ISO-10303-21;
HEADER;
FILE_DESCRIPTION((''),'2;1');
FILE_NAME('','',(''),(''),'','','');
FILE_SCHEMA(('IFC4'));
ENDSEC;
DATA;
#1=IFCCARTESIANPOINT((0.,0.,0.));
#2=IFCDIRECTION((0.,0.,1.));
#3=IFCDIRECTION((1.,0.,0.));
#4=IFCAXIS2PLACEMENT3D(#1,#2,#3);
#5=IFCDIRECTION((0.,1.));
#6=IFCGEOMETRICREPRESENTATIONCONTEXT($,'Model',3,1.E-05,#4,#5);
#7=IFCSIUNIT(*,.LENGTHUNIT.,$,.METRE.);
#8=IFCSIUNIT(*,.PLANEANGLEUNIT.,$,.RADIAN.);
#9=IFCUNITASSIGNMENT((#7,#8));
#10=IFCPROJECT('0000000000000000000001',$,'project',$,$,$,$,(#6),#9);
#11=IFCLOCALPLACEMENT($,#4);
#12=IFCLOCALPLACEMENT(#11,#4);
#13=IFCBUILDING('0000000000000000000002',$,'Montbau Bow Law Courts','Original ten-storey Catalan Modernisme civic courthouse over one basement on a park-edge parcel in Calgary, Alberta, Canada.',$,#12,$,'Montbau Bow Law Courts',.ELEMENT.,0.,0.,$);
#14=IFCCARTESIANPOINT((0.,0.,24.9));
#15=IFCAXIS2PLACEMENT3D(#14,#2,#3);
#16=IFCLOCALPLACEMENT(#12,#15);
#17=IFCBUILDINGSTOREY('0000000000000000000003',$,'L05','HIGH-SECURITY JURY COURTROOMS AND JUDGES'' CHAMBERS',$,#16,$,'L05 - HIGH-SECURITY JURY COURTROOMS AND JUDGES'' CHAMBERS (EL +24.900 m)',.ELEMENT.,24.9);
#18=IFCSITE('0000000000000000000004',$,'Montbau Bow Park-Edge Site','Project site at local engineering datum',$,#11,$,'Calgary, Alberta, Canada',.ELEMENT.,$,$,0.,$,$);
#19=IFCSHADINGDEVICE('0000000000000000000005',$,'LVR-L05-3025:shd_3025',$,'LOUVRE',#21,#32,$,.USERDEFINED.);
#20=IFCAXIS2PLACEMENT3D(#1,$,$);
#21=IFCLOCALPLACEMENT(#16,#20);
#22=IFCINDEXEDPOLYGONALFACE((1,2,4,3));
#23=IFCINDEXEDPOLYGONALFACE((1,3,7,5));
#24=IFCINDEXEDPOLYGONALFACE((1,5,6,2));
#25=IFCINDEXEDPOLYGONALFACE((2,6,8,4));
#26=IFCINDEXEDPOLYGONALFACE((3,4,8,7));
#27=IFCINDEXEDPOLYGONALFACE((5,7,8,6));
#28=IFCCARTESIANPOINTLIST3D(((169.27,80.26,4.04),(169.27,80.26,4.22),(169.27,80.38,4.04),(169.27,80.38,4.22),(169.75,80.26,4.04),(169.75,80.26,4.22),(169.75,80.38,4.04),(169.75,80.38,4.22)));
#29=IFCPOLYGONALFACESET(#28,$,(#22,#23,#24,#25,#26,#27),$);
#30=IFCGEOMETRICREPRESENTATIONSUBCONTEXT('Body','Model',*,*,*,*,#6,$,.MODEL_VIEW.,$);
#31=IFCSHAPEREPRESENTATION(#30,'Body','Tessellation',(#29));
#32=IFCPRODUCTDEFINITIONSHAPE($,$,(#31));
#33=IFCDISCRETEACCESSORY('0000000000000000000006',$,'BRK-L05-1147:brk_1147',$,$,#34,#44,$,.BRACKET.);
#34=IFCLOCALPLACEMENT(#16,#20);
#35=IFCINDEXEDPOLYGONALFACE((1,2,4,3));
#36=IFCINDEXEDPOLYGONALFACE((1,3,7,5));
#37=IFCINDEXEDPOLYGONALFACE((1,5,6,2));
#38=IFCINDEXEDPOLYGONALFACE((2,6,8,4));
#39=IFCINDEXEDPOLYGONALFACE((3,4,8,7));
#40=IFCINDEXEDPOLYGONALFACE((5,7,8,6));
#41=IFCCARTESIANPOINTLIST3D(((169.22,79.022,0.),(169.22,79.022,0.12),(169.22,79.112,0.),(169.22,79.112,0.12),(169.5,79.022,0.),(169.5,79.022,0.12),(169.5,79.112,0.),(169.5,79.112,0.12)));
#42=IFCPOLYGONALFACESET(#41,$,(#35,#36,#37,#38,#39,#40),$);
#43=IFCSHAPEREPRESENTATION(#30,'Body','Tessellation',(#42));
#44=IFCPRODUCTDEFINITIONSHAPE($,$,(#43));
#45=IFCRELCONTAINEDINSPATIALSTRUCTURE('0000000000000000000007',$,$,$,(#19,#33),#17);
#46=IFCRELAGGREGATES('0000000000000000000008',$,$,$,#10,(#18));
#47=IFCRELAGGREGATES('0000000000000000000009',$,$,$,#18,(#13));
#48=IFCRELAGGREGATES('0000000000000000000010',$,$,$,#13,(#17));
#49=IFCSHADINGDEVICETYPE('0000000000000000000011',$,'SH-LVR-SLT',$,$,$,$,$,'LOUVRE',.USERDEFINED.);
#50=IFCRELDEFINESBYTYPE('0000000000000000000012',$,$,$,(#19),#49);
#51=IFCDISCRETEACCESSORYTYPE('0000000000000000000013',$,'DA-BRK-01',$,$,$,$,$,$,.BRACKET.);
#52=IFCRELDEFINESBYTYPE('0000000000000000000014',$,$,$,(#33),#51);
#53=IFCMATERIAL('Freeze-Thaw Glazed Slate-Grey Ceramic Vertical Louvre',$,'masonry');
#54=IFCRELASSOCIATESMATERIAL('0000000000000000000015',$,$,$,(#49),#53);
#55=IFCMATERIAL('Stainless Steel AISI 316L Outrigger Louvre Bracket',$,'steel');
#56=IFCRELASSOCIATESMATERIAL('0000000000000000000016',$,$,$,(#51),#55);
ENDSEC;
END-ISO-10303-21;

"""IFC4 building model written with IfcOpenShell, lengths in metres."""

from ifc_helpers import new_model, si_unit, direction, frame, origin_with_axes, origin_2d_with_axis, place, context, subcontext, project, spatial, rectangle, extrude, material, type_object, element, save


model = new_model("IFC4")

# Units and contexts
model_context = context("Model", 3, precision=1e-05, world=origin_with_axes(), true_north=direction((0.0, 1.0)))
body_context = subcontext(model_context, "Body", "Model", "MODEL_VIEW")
ifc_project = project(units=[si_unit("LENGTHUNIT", "METRE"), si_unit("PLANEANGLEUNIT", "RADIAN")], contexts=[model_context])

# Site, building, storey
site_placement = place(None, origin_with_axes())
site = spatial("IfcSite", under=ifc_project, at=site_placement, Name="Montbau Bow Park-Edge Site", Description="Project site at local engineering datum", LongName="Calgary, Alberta, Canada", CompositionType="ELEMENT", RefElevation=0.0)
building_placement = place(site_placement, origin_with_axes())
building = spatial("IfcBuilding", under=site, at=building_placement, Name="Montbau Bow Law Courts", Description="Original ten-storey Catalan Modernisme civic courthouse over one basement on a park-edge parcel in Calgary, Alberta, Canada.", LongName="Montbau Bow Law Courts", CompositionType="ELEMENT", ElevationOfRefHeight=0.0, ElevationOfTerrain=0.0)
storey_placement = place(building_placement, frame((0.0, 0.0, 24.9), z_axis=(0.0, 0.0, 1.0), x_axis=(1.0, 0.0, 0.0)))
storey = spatial("IfcBuildingStorey", under=building, at=storey_placement, Name="L05", Description="HIGH-SECURITY JURY COURTROOMS AND JUDGES' CHAMBERS", LongName="L05 - HIGH-SECURITY JURY COURTROOMS AND JUDGES' CHAMBERS (EL +24.900 m)", CompositionType="ELEMENT", Elevation=24.9)

# Shared definitions
ifc_material_1 = material(Name="Freeze-Thaw Glazed Slate-Grey Ceramic Vertical Louvre", Category="masonry")

# Shading device
shading_device_type = type_object("IfcShadingDeviceType", Name="SH-LVR-SLT", ElementType="LOUVRE", PredefinedType="USERDEFINED", material=ifc_material_1)
for number, where, z_axis, x_axis, name in (
    (1, (169.51, 80.32, 28.94), (0.0, 0.0, 1.0), (1.0, 0.0, 0.0), "LVR-L05-3025:shd_3025"),
):
    element("IfcShadingDevice", number, at=place(None, frame(where, z_axis=z_axis, x_axis=x_axis)), inside=storey, type_object=shading_device_type, Name=name, ObjectType="LOUVRE", PredefinedType="USERDEFINED", context=body_context, shape_type="SweptSolid", body=[
        extrude(rectangle(XDim=0.48, YDim=0.12, at=origin_2d_with_axis()), origin_with_axes(), (0.0, 0.0, 1.0), 0.18),
    ])

# Discrete accessory
ifc_material_2 = material(Name="Stainless Steel AISI 316L Outrigger Louvre Bracket", Category="steel")
discrete_accessory_type = type_object("IfcDiscreteAccessoryType", Name="DA-BRK-01", PredefinedType="BRACKET", material=ifc_material_2)
discrete_accessory_placement = place(None, frame((169.36, 79.067, 24.9), z_axis=(0.0, 0.0, 1.0), x_axis=(1.0, 0.0, 0.0)))
element("IfcDiscreteAccessory", 2, at=discrete_accessory_placement, inside=storey, type_object=discrete_accessory_type, Name="BRK-L05-1147:brk_1147", PredefinedType="BRACKET", context=body_context, shape_type="SweptSolid", body=[
    extrude(rectangle(XDim=0.28, YDim=0.09, at=origin_2d_with_axis()), origin_with_axes(), (0.0, 0.0, 1.0), 0.12),
])

save(model, "model.ifc")
